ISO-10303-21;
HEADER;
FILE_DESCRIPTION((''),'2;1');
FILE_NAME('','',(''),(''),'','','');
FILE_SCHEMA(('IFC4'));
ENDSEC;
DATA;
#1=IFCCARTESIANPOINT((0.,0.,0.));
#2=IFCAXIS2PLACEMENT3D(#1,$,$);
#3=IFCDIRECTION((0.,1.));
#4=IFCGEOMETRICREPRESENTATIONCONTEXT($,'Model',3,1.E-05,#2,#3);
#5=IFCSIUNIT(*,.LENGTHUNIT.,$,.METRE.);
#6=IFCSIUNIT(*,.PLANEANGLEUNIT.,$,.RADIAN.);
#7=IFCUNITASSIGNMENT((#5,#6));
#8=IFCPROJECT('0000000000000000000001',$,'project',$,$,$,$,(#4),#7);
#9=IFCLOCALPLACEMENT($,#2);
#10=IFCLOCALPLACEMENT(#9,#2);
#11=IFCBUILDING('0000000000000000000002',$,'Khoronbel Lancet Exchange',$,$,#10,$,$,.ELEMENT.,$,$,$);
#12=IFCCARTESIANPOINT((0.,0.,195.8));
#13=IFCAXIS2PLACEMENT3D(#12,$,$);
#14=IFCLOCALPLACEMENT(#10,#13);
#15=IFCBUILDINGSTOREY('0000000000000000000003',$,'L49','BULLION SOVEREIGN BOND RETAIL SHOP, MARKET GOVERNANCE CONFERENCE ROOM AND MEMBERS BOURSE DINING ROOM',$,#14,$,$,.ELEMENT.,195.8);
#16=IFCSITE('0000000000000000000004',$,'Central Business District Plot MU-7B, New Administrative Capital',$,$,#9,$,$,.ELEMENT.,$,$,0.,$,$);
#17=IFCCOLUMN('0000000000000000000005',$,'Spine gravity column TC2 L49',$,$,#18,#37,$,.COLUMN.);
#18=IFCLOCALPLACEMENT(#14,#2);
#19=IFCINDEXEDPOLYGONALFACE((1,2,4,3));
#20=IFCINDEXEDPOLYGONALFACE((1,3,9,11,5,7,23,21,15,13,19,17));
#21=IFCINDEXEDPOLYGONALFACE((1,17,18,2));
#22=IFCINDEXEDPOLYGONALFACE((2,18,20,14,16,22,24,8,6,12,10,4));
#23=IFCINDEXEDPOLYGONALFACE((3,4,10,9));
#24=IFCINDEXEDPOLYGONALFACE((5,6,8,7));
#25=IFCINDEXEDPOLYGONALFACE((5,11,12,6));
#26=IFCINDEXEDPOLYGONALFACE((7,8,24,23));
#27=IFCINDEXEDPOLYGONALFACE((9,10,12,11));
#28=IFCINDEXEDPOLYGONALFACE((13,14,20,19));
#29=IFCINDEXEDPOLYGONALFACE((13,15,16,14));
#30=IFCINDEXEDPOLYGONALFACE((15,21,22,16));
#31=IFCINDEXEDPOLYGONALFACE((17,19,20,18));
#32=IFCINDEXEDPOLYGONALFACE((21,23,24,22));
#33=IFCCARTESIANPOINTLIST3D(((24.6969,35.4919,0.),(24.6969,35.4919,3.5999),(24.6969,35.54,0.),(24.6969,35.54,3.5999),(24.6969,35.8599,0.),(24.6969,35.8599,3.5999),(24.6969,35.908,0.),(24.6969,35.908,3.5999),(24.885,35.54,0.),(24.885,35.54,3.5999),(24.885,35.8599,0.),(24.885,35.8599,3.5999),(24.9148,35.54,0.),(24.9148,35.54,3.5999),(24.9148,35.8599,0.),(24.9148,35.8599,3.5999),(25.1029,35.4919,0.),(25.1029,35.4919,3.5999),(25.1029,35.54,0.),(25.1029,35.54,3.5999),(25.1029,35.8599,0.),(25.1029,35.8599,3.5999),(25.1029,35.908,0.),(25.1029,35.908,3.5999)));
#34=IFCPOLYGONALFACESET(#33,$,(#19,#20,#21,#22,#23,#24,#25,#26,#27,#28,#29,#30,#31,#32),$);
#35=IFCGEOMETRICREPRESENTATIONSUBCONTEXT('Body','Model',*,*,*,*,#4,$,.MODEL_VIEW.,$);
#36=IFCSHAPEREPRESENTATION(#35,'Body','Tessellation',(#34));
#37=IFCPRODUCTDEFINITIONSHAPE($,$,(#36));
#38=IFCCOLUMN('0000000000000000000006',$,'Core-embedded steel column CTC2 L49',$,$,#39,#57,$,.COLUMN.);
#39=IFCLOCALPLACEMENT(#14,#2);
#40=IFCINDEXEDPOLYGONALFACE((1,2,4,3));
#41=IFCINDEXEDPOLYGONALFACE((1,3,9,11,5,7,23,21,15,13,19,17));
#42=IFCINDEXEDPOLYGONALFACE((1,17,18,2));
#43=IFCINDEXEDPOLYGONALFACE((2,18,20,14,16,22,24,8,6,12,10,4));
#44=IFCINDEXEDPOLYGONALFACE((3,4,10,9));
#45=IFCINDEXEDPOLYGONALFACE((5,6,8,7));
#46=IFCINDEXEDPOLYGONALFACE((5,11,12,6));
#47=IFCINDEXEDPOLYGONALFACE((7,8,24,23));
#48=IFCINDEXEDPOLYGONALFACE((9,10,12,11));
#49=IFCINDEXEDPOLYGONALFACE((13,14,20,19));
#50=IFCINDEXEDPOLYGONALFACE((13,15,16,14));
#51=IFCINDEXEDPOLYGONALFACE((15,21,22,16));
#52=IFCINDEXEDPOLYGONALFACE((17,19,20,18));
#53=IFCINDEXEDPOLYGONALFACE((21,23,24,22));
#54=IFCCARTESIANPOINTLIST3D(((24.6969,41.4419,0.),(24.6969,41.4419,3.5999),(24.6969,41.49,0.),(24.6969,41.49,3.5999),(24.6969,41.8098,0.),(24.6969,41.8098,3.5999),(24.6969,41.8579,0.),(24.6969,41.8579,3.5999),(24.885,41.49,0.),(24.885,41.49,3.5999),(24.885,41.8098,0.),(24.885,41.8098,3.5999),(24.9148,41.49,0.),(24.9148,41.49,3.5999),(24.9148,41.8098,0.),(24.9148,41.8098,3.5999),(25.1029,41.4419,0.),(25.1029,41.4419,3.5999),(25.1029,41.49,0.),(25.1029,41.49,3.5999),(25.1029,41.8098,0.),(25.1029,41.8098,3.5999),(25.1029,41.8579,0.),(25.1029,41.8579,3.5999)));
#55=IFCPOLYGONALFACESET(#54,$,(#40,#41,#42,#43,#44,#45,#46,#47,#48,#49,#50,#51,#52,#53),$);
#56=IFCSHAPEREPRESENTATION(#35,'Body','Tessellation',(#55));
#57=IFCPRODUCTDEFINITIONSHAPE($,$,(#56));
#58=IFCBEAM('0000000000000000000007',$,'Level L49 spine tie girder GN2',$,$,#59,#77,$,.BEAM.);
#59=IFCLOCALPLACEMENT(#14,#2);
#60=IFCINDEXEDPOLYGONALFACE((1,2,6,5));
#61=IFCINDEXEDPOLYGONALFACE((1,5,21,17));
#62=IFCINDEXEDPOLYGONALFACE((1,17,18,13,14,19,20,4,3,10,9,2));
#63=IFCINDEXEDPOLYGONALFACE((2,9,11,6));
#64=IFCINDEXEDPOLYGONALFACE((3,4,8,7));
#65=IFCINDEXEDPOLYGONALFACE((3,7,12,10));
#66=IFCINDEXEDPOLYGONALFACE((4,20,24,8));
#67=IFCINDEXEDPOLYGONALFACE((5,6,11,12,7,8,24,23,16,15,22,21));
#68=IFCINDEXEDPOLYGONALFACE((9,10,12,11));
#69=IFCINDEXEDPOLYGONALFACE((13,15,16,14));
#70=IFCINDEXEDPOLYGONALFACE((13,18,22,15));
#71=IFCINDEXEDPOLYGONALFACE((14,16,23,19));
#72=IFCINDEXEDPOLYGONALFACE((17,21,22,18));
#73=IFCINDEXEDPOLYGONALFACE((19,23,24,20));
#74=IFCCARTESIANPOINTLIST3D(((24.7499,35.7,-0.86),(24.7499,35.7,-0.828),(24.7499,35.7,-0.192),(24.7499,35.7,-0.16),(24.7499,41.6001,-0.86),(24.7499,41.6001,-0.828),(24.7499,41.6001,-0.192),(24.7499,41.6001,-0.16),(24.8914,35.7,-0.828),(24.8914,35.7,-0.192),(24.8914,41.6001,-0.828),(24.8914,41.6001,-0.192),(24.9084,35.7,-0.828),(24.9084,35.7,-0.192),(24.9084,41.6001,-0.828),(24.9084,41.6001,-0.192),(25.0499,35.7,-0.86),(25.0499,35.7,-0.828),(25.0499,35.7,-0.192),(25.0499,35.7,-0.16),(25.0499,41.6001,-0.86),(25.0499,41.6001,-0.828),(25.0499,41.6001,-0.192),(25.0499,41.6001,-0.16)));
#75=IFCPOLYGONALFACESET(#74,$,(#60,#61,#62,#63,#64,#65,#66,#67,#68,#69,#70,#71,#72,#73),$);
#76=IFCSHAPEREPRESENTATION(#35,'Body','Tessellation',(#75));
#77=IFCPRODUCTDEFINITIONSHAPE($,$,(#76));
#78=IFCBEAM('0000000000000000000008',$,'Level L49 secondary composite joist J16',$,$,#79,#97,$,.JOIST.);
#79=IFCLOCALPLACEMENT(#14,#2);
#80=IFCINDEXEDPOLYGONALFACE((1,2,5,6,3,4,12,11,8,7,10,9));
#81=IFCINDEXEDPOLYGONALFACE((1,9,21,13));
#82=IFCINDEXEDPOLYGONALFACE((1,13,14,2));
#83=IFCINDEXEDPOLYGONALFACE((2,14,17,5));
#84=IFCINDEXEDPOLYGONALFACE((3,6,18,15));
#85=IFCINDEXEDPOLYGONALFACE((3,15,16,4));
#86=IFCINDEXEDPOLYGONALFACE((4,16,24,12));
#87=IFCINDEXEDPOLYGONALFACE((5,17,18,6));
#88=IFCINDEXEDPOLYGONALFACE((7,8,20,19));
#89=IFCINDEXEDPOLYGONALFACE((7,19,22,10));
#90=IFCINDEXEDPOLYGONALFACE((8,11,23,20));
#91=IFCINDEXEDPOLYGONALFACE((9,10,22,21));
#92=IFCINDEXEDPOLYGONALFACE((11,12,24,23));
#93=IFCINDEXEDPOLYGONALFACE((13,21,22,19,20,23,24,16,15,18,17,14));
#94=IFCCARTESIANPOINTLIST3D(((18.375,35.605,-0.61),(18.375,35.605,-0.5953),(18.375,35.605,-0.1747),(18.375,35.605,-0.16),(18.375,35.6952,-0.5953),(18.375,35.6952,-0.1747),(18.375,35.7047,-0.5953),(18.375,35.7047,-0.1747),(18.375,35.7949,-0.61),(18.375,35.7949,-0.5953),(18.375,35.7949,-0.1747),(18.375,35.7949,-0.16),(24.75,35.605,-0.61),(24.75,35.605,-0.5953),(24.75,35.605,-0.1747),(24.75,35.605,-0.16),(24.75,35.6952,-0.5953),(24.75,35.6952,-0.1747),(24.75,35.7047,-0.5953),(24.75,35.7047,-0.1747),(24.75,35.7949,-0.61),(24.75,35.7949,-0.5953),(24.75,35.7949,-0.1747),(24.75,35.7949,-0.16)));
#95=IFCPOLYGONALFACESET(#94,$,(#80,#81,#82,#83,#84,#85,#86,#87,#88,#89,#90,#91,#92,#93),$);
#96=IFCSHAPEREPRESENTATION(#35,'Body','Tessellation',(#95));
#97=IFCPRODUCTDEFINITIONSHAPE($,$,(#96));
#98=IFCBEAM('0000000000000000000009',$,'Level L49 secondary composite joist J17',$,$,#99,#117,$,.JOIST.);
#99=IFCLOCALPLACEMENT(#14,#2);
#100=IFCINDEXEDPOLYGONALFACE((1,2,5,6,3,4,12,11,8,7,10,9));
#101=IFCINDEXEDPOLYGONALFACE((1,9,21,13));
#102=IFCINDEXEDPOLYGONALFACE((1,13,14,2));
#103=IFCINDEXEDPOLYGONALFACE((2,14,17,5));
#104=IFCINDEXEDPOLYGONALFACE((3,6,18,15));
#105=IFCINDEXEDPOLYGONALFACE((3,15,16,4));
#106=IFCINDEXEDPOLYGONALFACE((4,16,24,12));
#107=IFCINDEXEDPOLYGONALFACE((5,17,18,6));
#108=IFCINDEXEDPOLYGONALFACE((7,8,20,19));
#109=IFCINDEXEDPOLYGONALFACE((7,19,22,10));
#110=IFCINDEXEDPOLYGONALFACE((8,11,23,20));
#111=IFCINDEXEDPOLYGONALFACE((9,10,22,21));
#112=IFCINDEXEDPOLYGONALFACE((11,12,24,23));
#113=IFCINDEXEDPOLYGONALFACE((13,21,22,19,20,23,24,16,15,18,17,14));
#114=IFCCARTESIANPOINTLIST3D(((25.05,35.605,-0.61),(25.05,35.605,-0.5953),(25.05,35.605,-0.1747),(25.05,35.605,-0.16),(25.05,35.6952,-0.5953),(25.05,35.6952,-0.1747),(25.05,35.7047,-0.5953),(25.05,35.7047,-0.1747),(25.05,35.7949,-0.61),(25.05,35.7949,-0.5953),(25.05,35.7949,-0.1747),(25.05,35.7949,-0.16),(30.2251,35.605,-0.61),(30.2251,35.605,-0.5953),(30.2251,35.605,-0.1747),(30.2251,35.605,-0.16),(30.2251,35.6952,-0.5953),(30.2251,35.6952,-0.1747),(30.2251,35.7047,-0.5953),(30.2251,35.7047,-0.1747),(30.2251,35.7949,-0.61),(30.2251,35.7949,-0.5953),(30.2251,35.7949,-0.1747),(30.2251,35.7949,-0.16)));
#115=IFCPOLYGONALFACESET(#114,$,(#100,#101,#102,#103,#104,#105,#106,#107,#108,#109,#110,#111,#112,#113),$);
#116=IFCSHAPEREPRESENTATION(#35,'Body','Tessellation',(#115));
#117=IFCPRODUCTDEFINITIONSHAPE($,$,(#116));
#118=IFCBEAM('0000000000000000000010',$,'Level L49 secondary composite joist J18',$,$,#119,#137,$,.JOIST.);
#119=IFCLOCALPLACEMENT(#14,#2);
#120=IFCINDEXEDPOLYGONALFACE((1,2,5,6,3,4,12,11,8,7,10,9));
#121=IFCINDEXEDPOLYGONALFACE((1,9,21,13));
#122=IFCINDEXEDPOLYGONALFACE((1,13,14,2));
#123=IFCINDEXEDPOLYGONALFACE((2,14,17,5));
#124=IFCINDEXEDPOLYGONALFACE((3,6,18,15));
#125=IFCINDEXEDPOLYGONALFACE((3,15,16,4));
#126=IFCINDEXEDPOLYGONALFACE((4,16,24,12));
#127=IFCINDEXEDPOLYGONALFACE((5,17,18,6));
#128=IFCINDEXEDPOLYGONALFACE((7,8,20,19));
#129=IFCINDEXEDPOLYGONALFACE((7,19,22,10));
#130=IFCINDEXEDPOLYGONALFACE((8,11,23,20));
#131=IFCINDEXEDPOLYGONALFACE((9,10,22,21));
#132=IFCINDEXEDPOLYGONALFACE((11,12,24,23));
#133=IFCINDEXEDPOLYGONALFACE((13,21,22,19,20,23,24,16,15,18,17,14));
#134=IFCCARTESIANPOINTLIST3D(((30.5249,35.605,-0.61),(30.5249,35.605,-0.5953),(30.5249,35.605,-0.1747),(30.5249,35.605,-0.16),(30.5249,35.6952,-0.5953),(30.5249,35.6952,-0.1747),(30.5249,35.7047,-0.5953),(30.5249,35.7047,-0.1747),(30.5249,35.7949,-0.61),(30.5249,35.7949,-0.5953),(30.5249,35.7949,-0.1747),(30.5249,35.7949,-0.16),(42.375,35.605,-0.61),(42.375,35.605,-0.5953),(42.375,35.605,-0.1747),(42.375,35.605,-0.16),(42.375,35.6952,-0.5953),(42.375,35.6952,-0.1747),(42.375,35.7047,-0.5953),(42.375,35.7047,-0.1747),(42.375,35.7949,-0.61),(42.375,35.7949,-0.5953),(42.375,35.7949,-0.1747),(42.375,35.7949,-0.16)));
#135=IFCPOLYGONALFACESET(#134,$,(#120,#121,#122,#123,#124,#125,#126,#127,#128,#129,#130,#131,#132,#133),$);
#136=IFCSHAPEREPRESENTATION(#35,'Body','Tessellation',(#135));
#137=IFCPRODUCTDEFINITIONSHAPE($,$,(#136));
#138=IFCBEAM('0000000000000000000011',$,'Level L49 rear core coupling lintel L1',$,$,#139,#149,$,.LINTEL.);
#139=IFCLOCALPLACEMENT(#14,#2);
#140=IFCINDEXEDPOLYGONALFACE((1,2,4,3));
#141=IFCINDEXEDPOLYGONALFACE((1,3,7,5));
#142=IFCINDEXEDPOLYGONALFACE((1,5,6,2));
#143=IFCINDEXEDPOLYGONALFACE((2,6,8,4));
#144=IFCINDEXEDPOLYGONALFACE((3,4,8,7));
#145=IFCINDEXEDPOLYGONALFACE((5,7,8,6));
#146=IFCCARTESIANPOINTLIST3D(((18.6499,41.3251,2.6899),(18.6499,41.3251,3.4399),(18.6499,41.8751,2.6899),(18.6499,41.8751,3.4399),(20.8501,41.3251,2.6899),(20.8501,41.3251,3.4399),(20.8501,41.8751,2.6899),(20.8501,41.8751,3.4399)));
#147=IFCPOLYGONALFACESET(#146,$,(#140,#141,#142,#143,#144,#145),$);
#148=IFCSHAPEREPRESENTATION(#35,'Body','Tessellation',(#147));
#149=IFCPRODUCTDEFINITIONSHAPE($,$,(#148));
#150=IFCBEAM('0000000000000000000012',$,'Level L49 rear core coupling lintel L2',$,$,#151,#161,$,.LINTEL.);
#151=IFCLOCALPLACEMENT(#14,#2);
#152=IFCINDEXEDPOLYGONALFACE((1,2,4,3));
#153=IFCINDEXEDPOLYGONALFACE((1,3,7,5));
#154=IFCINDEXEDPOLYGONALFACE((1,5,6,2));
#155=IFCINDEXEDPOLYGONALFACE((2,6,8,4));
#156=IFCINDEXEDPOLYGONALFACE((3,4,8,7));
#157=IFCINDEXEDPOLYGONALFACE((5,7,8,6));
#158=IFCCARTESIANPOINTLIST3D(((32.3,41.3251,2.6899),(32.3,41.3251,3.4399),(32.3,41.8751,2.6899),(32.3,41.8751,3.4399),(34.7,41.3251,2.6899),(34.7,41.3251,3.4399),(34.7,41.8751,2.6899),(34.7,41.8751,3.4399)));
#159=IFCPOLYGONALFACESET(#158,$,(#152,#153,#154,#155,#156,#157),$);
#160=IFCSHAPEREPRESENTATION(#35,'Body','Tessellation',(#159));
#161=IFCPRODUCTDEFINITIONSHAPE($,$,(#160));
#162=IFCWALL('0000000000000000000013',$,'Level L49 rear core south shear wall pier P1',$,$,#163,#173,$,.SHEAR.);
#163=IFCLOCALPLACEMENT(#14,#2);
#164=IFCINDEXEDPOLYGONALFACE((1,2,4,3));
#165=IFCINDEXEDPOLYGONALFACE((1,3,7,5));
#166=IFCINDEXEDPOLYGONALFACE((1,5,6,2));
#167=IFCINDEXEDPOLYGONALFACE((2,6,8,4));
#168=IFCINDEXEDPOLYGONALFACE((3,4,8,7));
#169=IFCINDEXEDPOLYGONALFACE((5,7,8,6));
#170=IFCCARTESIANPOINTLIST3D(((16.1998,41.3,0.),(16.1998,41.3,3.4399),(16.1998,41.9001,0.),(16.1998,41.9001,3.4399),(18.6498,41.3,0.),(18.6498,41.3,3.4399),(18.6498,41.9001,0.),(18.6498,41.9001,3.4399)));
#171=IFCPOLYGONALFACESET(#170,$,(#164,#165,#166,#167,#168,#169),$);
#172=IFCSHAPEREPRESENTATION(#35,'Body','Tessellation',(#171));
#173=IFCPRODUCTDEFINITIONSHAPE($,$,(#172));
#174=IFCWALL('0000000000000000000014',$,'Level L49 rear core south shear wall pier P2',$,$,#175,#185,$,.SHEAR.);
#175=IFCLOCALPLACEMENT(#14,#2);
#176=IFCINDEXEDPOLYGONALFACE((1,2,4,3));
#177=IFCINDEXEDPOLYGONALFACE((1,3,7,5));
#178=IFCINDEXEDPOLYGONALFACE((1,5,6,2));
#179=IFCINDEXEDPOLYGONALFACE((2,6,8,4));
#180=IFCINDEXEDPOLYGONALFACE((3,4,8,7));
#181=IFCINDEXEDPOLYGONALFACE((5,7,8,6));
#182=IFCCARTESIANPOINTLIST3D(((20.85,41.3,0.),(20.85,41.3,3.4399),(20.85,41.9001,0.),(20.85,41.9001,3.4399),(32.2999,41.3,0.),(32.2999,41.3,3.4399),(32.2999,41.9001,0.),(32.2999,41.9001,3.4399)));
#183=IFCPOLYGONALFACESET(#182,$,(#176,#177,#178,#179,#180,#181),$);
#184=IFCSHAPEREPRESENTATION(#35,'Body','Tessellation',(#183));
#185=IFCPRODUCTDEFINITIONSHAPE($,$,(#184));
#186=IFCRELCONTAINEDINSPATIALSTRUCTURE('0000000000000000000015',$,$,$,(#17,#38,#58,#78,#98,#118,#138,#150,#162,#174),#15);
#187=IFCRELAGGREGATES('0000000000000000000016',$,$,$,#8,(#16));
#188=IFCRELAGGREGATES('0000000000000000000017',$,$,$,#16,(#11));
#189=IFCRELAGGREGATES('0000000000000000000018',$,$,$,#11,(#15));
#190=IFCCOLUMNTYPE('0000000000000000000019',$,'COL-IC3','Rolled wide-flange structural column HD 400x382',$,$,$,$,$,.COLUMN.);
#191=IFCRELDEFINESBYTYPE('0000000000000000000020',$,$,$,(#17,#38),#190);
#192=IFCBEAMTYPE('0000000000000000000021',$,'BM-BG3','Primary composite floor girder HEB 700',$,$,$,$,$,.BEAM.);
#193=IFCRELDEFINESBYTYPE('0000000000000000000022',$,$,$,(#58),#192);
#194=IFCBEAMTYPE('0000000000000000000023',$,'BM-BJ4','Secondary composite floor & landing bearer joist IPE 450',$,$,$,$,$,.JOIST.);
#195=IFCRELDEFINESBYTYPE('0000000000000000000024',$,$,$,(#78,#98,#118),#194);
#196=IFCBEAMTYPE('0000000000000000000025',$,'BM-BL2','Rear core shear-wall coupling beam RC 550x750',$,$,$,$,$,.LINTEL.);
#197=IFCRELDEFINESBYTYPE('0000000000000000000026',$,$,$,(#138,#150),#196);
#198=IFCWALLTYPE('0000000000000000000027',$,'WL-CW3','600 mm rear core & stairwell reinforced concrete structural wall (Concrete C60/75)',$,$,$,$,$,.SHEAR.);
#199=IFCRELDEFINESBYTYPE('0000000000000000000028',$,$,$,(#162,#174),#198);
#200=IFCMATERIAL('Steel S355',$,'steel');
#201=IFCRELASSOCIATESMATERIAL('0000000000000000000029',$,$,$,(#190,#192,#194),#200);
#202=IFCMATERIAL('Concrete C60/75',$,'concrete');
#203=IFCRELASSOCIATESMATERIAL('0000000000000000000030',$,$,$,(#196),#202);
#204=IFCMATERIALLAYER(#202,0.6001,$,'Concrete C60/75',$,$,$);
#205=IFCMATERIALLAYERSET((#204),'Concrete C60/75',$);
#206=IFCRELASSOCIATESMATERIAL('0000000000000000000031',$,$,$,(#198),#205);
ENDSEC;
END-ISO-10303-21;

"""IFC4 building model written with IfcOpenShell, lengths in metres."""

from ifc_helpers import new_model, si_unit, direction, frame, frame_2d, origin, origin_2d, place, context, subcontext, project, spatial, rectangle, i_section, extrude, material, layer, layer_set, material_profile, profile_set, type_object, element, save


model = new_model("IFC4")

# Units and contexts
model_context = context("Model", 3, precision=1e-05, world=origin(), true_north=direction((0.0, 1.0)))
body_context = subcontext(model_context, "Body", "Model", "MODEL_VIEW")
ifc_project = project(units=[si_unit("LENGTHUNIT", "METRE"), si_unit("PLANEANGLEUNIT", "RADIAN")], contexts=[model_context])

# Site, building, storey
site_placement = place(None, origin())
site = spatial("IfcSite", under=ifc_project, at=site_placement, Name="Central Business District Plot MU-7B, New Administrative Capital", CompositionType="ELEMENT", RefElevation=0.0)
building_placement = place(site_placement, origin())
building = spatial("IfcBuilding", under=site, at=building_placement, Name="Khoronbel Lancet Exchange", CompositionType="ELEMENT")
storey_placement = place(building_placement, frame((0.0, 0.0, 195.8)))
storey = spatial("IfcBuildingStorey", under=building, at=storey_placement, Name="L49", Description="BULLION SOVEREIGN BOND RETAIL SHOP, MARKET GOVERNANCE CONFERENCE ROOM AND MEMBERS BOURSE DINING ROOM", CompositionType="ELEMENT", Elevation=195.8)

# Columns
ifc_material_1 = material(Name="Steel S355", Category="steel")
ifc_material_profile_1 = material_profile(ifc_material_1, i_section(OverallWidth=0.406, OverallDepth=0.416, WebThickness=0.0298, FlangeThickness=0.0481, at=origin_2d()), Name="HD 400x382")
ifc_profile_set_1 = profile_set([ifc_material_profile_1], Name="Steel S355")
column_type = type_object("IfcColumnType", Name="COL-IC3", Description="Rolled wide-flange structural column HD 400x382", PredefinedType="COLUMN", material=ifc_profile_set_1)
for number, where, z_axis, x_axis, name in (
    (1, (24.8999, 35.7, 0.0), (0.0, 0.0, 1.0), (1.0, 0.0, 0.0), "Spine gravity column TC2 L49"),
    (2, (24.8999, 41.6499, 0.0), (0.0, 0.0, 1.0), (1.0, 0.0, 0.0), "Core-embedded steel column CTC2 L49"),
):
    element("IfcColumn", number, at=place(storey_placement, frame(where, z_axis=z_axis, x_axis=x_axis)), inside=storey, type_object=column_type, Name=name, PredefinedType="COLUMN", context=body_context, shape_type="SweptSolid", body=[
        extrude(i_section(OverallWidth=0.406, OverallDepth=0.416, WebThickness=0.0298, FlangeThickness=0.0481, at=origin_2d()), origin(), (0.0, 0.0, 1.0), 3.5999),
    ])

# Beams
ifc_material_profile_2 = material_profile(ifc_material_1, i_section(OverallWidth=0.3, OverallDepth=0.7, WebThickness=0.0171, FlangeThickness=0.032, at=origin_2d()), Name="HEB 700")
ifc_profile_set_2 = profile_set([ifc_material_profile_2], Name="Steel S355")
beam_type_1 = type_object("IfcBeamType", Name="BM-BG3", Description="Primary composite floor girder HEB 700", PredefinedType="BEAM", material=ifc_profile_set_2)
beam_1_placement = place(storey_placement, frame((24.8999, 35.7, -0.51), z_axis=(0.0, 1.0, 0.0), x_axis=(-1.0, 0.0, 0.0)))
element("IfcBeam", 3, at=beam_1_placement, inside=storey, type_object=beam_type_1, Name="Level L49 spine tie girder GN2", PredefinedType="BEAM", context=body_context, shape_type="SweptSolid", body=[
    extrude(i_section(OverallWidth=0.3, OverallDepth=0.7, WebThickness=0.0171, FlangeThickness=0.032, at=origin_2d()), origin(), (0.0, 0.0, 1.0), 5.9001),
])
ifc_material_profile_3 = material_profile(ifc_material_1, i_section(OverallWidth=0.1899, OverallDepth=0.45, WebThickness=0.0095, FlangeThickness=0.0146, at=origin_2d()), Name="IPE 450")
ifc_profile_set_3 = profile_set([ifc_material_profile_3], Name="Steel S355")
beam_type_2 = type_object("IfcBeamType", Name="BM-BJ4", Description="Secondary composite floor & landing bearer joist IPE 450", PredefinedType="JOIST", material=ifc_profile_set_3)
beam_2_placement = place(storey_placement, frame((18.375, 35.7, -0.385), z_axis=(1.0, 0.0, 0.0), x_axis=(0.0, 1.0, 0.0)))
element("IfcBeam", 4, at=beam_2_placement, inside=storey, type_object=beam_type_2, Name="Level L49 secondary composite joist J16", PredefinedType="JOIST", context=body_context, shape_type="SweptSolid", body=[
    extrude(i_section(OverallWidth=0.1899, OverallDepth=0.45, WebThickness=0.0095, FlangeThickness=0.0146, at=origin_2d()), origin(), (0.0, 0.0, 1.0), 6.375),
])
beam_3_placement = place(storey_placement, frame((25.05, 35.7, -0.385), z_axis=(1.0, 0.0, 0.0), x_axis=(0.0, 1.0, 0.0)))
element("IfcBeam", 5, at=beam_3_placement, inside=storey, type_object=beam_type_2, Name="Level L49 secondary composite joist J17", PredefinedType="JOIST", context=body_context, shape_type="SweptSolid", body=[
    extrude(i_section(OverallWidth=0.1899, OverallDepth=0.45, WebThickness=0.0095, FlangeThickness=0.0146, at=origin_2d()), origin(), (0.0, 0.0, 1.0), 5.175),
])
beam_4_placement = place(storey_placement, frame((30.5249, 35.7, -0.385), z_axis=(1.0, 0.0, 0.0), x_axis=(0.0, 1.0, 0.0)))
element("IfcBeam", 6, at=beam_4_placement, inside=storey, type_object=beam_type_2, Name="Level L49 secondary composite joist J18", PredefinedType="JOIST", context=body_context, shape_type="SweptSolid", body=[
    extrude(i_section(OverallWidth=0.1899, OverallDepth=0.45, WebThickness=0.0095, FlangeThickness=0.0146, at=origin_2d()), origin(), (0.0, 0.0, 1.0), 11.8501),
])
ifc_material_2 = material(Name="Concrete C60/75", Category="concrete")
ifc_material_profile_4 = material_profile(ifc_material_2, rectangle(XDim=0.55, YDim=0.75, at=origin_2d()), Name="RC 550x750")
ifc_profile_set_4 = profile_set([ifc_material_profile_4], Name="Concrete C60/75")
beam_type_3 = type_object("IfcBeamType", Name="BM-BL2", Description="Rear core shear-wall coupling beam RC 550x750", PredefinedType="LINTEL", material=ifc_profile_set_4)
beam_5_placement = place(storey_placement, frame((18.6499, 41.6001, 3.0649), z_axis=(1.0, 0.0, 0.0), x_axis=(0.0, 1.0, 0.0)))
element("IfcBeam", 7, at=beam_5_placement, inside=storey, type_object=beam_type_3, Name="Level L49 rear core coupling lintel L1", PredefinedType="LINTEL", context=body_context, shape_type="SweptSolid", body=[
    extrude(rectangle(XDim=0.55, YDim=0.75, at=origin_2d()), origin(), (0.0, 0.0, 1.0), 2.2002),
])
beam_6_placement = place(storey_placement, frame((32.3, 41.6001, 3.0649), z_axis=(1.0, 0.0, 0.0), x_axis=(0.0, 1.0, 0.0)))
element("IfcBeam", 8, at=beam_6_placement, inside=storey, type_object=beam_type_3, Name="Level L49 rear core coupling lintel L2", PredefinedType="LINTEL", context=body_context, shape_type="SweptSolid", body=[
    extrude(rectangle(XDim=0.55, YDim=0.75, at=origin_2d()), origin(), (0.0, 0.0, 1.0), 2.3999),
])

# Walls
ifc_layer_1 = layer(ifc_material_2, 0.6001, Name="Concrete C60/75")
ifc_layer_set_1 = layer_set([ifc_layer_1], Name="Concrete C60/75")
wall_type_1 = type_object("IfcWallType", Name="WL-CW3", Description="600 mm rear core & stairwell reinforced concrete structural wall (Concrete C60/75)", PredefinedType="SHEAR", material=ifc_layer_set_1)
wall_1_placement = place(storey_placement, frame((18.6499, 41.6001, 0.0), z_axis=(0.0, 0.0, 1.0), x_axis=(-1.0, 0.0, 0.0)))
element("IfcWall", 9, at=wall_1_placement, inside=storey, type_object=wall_type_1, Name="Level L49 rear core south shear wall pier P1", PredefinedType="SHEAR", context=body_context, shape_type="SweptSolid", body=[
    extrude(rectangle(XDim=2.45, YDim=0.6001, at=frame_2d((1.2251, 0.0))), origin(), (0.0, 0.0, 1.0), 3.4399),
])
wall_2_placement = place(storey_placement, frame((32.3, 41.6001, 0.0), z_axis=(0.0, 0.0, 1.0), x_axis=(-1.0, 0.0, 0.0)))
element("IfcWall", 10, at=wall_2_placement, inside=storey, type_object=wall_type_1, Name="Level L49 rear core south shear wall pier P2", PredefinedType="SHEAR", context=body_context, shape_type="SweptSolid", body=[
    extrude(rectangle(XDim=11.45, YDim=0.6001, at=frame_2d((5.7251, 0.0))), origin(), (0.0, 0.0, 1.0), 3.4399),
])

save(model, "model.ifc")
